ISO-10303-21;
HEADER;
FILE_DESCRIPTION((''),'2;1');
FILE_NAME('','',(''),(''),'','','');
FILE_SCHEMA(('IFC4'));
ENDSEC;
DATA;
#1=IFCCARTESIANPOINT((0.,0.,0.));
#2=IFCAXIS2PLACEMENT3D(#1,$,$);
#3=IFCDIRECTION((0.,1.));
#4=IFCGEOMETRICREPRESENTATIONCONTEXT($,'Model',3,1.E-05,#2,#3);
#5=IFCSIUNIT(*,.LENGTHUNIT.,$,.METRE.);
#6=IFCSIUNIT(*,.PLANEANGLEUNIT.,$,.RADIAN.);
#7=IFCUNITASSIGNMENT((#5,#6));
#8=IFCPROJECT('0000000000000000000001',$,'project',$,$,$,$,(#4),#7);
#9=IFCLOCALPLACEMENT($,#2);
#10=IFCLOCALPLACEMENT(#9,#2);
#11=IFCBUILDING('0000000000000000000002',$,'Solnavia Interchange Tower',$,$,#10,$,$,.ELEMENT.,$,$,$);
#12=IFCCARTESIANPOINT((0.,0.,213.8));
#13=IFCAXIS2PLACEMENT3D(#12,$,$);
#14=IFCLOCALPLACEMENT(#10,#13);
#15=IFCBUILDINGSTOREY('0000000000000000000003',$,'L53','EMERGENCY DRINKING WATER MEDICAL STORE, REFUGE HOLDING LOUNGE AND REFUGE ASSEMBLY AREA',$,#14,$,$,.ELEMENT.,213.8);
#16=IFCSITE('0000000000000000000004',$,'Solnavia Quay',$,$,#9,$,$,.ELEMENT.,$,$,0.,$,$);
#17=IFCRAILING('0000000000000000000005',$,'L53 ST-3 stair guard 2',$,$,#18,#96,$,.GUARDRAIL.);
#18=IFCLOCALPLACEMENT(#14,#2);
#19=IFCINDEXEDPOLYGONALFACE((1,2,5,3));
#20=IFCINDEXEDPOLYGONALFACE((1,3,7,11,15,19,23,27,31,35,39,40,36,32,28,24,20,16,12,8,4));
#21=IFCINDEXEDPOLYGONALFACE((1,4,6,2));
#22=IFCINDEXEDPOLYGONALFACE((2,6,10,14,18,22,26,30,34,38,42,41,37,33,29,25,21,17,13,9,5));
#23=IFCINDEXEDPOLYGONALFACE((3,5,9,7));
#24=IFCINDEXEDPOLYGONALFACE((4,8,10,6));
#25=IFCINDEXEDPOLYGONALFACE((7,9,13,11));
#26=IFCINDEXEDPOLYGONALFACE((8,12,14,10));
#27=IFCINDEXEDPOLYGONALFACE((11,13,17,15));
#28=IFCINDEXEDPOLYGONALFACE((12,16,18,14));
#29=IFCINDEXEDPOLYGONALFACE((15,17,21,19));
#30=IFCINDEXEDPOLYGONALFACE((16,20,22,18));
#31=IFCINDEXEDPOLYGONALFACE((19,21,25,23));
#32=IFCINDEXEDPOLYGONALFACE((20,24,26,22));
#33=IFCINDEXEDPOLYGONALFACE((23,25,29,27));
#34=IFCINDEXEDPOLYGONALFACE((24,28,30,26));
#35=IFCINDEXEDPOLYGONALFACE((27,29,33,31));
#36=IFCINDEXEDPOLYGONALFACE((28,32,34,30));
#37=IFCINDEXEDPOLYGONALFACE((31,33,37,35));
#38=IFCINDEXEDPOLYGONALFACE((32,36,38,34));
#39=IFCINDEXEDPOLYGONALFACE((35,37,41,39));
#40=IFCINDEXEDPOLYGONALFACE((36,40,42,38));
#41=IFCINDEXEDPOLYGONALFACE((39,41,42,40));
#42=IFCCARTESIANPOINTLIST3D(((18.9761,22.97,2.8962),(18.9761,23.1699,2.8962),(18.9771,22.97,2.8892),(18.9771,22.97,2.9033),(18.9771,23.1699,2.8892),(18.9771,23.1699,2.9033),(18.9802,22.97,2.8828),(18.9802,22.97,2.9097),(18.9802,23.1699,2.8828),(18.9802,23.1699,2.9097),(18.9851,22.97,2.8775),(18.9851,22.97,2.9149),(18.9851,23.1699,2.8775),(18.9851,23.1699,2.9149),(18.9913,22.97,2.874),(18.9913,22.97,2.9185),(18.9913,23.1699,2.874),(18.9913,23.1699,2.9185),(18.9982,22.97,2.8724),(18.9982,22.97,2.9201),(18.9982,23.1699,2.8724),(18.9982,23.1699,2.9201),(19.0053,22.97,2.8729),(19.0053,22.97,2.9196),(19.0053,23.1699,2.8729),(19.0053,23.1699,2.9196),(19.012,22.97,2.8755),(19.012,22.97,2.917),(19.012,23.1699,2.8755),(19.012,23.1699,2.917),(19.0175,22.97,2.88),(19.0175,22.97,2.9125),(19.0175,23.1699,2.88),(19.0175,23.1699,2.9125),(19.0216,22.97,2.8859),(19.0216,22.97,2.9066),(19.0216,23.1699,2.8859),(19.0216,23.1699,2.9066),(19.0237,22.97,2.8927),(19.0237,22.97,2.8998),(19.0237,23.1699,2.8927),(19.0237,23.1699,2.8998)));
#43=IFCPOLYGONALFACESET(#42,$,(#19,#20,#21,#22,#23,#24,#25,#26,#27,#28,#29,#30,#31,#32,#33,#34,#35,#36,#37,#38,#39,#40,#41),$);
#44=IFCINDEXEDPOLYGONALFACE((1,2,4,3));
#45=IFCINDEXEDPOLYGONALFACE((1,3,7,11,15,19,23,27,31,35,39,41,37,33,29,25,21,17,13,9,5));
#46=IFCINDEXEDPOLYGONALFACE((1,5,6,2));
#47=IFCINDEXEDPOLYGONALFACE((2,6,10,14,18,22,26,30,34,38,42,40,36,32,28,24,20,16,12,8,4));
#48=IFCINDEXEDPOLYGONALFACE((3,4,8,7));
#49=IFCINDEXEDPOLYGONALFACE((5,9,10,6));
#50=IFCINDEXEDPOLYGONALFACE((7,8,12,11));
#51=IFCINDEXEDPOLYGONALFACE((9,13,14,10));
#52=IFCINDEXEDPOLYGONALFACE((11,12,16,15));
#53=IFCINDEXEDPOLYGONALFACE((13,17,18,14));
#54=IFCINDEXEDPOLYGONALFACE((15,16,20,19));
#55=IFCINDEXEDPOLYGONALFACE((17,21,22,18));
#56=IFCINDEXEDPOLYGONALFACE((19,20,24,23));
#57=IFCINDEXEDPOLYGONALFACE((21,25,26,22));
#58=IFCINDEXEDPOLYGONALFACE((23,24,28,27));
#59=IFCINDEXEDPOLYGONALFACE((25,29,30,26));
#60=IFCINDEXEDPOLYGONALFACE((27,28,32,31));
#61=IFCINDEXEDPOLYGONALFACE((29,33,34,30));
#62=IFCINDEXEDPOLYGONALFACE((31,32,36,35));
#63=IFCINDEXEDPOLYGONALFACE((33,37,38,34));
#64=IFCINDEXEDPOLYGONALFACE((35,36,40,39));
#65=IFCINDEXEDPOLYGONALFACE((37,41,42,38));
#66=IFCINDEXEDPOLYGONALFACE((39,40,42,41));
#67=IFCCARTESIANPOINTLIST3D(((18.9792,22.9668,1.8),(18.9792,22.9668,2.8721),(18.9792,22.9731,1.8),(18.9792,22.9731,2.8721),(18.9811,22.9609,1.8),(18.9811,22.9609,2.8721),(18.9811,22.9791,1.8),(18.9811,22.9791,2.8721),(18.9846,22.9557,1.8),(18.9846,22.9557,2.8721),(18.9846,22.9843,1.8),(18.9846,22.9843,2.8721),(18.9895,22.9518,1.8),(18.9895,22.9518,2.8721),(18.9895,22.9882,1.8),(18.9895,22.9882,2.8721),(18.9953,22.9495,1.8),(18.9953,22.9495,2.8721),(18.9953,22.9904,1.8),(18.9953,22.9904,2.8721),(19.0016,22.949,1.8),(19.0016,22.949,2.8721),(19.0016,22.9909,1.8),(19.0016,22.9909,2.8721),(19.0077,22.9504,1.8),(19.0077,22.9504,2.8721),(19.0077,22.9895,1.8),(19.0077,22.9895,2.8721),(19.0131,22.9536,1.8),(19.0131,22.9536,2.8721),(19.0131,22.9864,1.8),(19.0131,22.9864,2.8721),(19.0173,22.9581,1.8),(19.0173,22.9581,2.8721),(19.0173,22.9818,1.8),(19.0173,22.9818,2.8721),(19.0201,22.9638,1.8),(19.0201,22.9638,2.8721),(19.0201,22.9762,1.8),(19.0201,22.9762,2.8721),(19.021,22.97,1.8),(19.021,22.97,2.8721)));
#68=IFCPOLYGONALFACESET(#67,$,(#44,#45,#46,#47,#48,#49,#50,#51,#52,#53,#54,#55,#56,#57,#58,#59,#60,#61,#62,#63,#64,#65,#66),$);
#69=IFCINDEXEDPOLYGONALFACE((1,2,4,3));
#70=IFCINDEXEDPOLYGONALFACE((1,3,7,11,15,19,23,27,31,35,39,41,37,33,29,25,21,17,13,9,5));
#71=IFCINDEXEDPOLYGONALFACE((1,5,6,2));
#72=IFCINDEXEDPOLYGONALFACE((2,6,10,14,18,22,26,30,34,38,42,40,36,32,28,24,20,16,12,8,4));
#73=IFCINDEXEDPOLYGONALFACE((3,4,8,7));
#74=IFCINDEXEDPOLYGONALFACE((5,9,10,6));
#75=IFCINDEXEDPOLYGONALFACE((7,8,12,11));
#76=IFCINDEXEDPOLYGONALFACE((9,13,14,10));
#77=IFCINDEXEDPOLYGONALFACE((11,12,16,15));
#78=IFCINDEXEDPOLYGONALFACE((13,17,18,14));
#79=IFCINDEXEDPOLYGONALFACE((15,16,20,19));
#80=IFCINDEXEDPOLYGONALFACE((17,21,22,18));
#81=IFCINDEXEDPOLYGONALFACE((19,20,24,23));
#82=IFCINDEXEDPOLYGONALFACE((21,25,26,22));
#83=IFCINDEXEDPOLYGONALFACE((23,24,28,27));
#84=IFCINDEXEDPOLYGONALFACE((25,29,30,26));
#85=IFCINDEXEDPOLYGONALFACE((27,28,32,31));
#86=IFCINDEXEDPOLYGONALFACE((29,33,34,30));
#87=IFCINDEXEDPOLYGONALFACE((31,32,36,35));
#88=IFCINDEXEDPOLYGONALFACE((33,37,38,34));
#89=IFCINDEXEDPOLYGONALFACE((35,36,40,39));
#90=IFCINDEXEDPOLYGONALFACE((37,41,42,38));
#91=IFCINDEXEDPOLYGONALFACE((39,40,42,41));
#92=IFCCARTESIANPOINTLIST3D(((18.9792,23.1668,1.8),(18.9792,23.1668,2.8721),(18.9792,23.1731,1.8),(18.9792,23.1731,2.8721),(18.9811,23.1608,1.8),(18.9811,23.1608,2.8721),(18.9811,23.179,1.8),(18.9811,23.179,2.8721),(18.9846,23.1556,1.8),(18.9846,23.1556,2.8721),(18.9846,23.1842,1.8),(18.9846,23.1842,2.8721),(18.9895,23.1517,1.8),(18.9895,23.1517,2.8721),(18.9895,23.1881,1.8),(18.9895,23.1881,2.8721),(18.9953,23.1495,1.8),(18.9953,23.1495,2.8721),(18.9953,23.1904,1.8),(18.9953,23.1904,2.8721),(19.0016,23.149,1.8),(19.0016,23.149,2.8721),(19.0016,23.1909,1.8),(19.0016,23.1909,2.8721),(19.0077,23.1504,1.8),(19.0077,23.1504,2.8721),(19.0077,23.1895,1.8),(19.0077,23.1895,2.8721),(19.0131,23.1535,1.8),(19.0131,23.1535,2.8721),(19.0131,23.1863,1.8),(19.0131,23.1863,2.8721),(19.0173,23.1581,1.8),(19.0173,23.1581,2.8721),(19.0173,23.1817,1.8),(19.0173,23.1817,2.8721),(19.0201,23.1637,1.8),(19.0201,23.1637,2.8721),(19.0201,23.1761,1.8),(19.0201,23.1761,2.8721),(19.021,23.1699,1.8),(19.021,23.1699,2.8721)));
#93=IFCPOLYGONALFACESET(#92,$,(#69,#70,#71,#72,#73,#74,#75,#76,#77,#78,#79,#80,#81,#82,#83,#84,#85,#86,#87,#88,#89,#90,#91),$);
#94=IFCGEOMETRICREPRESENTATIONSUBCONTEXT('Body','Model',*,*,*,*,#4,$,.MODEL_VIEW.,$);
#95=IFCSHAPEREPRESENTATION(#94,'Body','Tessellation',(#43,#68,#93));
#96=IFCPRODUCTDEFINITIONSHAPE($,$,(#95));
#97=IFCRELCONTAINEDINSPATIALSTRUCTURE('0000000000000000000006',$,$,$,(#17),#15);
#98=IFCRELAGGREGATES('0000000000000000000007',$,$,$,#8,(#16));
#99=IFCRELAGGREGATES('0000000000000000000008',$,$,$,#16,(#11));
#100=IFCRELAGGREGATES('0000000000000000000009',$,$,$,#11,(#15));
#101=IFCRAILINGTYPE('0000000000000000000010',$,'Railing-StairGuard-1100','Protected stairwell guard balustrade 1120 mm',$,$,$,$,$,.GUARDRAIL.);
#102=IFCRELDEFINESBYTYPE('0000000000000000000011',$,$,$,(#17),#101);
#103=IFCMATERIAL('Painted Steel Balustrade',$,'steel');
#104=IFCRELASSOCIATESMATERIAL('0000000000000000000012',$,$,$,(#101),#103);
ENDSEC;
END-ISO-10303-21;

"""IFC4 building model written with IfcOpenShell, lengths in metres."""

from ifc_helpers import new_model, si_unit, direction, frame, origin, origin_2d, place, context, subcontext, project, spatial, circle, extrude, material, type_object, element, save


model = new_model("IFC4")

# Units and contexts
model_context = context("Model", 3, precision=1e-05, world=origin(), true_north=direction((0.0, 1.0)))
body_context = subcontext(model_context, "Body", "Model", "MODEL_VIEW")
ifc_project = project(units=[si_unit("LENGTHUNIT", "METRE"), si_unit("PLANEANGLEUNIT", "RADIAN")], contexts=[model_context])

# Site, building, storey
site_placement = place(None, origin())
site = spatial("IfcSite", under=ifc_project, at=site_placement, Name="Solnavia Quay", CompositionType="ELEMENT", RefElevation=0.0)
building_placement = place(site_placement, origin())
building = spatial("IfcBuilding", under=site, at=building_placement, Name="Solnavia Interchange Tower", CompositionType="ELEMENT")
storey_placement = place(building_placement, frame((0.0, 0.0, 213.8)))
storey = spatial("IfcBuildingStorey", under=building, at=storey_placement, Name="L53", Description="EMERGENCY DRINKING WATER MEDICAL STORE, REFUGE HOLDING LOUNGE AND REFUGE ASSEMBLY AREA", CompositionType="ELEMENT", Elevation=213.8)

# Railing
ifc_material_1 = material(Name="Painted Steel Balustrade", Category="steel")
railing_type_1 = type_object("IfcRailingType", Name="Railing-StairGuard-1100", Description="Protected stairwell guard balustrade 1120 mm", PredefinedType="GUARDRAIL", material=ifc_material_1)
railing_1_placement = place(storey_placement, frame((19.0, 22.97, 1.8)))
element("IfcRailing", 1, at=railing_1_placement, inside=storey, type_object=railing_type_1, Name="L53 ST-3 stair guard 2", PredefinedType="GUARDRAIL", context=body_context, shape_type="SweptSolid", body=[
    extrude(circle(Radius=0.0239, at=origin_2d()), frame((0.0, 0.0, 1.0962), z_axis=(0.0, 1.0, 0.0), x_axis=(-1.0, 0.0, 0.0)), (0.0, 0.0, 1.0), 0.2),
    extrude(circle(Radius=0.021, at=origin_2d()), origin(), (0.0, 0.0, 1.0), 1.072),
    extrude(circle(Radius=0.021, at=origin_2d()), frame((0.0, 0.2, 0.0)), (0.0, 0.0, 1.0), 1.072),
])

save(model, "model.ifc")
